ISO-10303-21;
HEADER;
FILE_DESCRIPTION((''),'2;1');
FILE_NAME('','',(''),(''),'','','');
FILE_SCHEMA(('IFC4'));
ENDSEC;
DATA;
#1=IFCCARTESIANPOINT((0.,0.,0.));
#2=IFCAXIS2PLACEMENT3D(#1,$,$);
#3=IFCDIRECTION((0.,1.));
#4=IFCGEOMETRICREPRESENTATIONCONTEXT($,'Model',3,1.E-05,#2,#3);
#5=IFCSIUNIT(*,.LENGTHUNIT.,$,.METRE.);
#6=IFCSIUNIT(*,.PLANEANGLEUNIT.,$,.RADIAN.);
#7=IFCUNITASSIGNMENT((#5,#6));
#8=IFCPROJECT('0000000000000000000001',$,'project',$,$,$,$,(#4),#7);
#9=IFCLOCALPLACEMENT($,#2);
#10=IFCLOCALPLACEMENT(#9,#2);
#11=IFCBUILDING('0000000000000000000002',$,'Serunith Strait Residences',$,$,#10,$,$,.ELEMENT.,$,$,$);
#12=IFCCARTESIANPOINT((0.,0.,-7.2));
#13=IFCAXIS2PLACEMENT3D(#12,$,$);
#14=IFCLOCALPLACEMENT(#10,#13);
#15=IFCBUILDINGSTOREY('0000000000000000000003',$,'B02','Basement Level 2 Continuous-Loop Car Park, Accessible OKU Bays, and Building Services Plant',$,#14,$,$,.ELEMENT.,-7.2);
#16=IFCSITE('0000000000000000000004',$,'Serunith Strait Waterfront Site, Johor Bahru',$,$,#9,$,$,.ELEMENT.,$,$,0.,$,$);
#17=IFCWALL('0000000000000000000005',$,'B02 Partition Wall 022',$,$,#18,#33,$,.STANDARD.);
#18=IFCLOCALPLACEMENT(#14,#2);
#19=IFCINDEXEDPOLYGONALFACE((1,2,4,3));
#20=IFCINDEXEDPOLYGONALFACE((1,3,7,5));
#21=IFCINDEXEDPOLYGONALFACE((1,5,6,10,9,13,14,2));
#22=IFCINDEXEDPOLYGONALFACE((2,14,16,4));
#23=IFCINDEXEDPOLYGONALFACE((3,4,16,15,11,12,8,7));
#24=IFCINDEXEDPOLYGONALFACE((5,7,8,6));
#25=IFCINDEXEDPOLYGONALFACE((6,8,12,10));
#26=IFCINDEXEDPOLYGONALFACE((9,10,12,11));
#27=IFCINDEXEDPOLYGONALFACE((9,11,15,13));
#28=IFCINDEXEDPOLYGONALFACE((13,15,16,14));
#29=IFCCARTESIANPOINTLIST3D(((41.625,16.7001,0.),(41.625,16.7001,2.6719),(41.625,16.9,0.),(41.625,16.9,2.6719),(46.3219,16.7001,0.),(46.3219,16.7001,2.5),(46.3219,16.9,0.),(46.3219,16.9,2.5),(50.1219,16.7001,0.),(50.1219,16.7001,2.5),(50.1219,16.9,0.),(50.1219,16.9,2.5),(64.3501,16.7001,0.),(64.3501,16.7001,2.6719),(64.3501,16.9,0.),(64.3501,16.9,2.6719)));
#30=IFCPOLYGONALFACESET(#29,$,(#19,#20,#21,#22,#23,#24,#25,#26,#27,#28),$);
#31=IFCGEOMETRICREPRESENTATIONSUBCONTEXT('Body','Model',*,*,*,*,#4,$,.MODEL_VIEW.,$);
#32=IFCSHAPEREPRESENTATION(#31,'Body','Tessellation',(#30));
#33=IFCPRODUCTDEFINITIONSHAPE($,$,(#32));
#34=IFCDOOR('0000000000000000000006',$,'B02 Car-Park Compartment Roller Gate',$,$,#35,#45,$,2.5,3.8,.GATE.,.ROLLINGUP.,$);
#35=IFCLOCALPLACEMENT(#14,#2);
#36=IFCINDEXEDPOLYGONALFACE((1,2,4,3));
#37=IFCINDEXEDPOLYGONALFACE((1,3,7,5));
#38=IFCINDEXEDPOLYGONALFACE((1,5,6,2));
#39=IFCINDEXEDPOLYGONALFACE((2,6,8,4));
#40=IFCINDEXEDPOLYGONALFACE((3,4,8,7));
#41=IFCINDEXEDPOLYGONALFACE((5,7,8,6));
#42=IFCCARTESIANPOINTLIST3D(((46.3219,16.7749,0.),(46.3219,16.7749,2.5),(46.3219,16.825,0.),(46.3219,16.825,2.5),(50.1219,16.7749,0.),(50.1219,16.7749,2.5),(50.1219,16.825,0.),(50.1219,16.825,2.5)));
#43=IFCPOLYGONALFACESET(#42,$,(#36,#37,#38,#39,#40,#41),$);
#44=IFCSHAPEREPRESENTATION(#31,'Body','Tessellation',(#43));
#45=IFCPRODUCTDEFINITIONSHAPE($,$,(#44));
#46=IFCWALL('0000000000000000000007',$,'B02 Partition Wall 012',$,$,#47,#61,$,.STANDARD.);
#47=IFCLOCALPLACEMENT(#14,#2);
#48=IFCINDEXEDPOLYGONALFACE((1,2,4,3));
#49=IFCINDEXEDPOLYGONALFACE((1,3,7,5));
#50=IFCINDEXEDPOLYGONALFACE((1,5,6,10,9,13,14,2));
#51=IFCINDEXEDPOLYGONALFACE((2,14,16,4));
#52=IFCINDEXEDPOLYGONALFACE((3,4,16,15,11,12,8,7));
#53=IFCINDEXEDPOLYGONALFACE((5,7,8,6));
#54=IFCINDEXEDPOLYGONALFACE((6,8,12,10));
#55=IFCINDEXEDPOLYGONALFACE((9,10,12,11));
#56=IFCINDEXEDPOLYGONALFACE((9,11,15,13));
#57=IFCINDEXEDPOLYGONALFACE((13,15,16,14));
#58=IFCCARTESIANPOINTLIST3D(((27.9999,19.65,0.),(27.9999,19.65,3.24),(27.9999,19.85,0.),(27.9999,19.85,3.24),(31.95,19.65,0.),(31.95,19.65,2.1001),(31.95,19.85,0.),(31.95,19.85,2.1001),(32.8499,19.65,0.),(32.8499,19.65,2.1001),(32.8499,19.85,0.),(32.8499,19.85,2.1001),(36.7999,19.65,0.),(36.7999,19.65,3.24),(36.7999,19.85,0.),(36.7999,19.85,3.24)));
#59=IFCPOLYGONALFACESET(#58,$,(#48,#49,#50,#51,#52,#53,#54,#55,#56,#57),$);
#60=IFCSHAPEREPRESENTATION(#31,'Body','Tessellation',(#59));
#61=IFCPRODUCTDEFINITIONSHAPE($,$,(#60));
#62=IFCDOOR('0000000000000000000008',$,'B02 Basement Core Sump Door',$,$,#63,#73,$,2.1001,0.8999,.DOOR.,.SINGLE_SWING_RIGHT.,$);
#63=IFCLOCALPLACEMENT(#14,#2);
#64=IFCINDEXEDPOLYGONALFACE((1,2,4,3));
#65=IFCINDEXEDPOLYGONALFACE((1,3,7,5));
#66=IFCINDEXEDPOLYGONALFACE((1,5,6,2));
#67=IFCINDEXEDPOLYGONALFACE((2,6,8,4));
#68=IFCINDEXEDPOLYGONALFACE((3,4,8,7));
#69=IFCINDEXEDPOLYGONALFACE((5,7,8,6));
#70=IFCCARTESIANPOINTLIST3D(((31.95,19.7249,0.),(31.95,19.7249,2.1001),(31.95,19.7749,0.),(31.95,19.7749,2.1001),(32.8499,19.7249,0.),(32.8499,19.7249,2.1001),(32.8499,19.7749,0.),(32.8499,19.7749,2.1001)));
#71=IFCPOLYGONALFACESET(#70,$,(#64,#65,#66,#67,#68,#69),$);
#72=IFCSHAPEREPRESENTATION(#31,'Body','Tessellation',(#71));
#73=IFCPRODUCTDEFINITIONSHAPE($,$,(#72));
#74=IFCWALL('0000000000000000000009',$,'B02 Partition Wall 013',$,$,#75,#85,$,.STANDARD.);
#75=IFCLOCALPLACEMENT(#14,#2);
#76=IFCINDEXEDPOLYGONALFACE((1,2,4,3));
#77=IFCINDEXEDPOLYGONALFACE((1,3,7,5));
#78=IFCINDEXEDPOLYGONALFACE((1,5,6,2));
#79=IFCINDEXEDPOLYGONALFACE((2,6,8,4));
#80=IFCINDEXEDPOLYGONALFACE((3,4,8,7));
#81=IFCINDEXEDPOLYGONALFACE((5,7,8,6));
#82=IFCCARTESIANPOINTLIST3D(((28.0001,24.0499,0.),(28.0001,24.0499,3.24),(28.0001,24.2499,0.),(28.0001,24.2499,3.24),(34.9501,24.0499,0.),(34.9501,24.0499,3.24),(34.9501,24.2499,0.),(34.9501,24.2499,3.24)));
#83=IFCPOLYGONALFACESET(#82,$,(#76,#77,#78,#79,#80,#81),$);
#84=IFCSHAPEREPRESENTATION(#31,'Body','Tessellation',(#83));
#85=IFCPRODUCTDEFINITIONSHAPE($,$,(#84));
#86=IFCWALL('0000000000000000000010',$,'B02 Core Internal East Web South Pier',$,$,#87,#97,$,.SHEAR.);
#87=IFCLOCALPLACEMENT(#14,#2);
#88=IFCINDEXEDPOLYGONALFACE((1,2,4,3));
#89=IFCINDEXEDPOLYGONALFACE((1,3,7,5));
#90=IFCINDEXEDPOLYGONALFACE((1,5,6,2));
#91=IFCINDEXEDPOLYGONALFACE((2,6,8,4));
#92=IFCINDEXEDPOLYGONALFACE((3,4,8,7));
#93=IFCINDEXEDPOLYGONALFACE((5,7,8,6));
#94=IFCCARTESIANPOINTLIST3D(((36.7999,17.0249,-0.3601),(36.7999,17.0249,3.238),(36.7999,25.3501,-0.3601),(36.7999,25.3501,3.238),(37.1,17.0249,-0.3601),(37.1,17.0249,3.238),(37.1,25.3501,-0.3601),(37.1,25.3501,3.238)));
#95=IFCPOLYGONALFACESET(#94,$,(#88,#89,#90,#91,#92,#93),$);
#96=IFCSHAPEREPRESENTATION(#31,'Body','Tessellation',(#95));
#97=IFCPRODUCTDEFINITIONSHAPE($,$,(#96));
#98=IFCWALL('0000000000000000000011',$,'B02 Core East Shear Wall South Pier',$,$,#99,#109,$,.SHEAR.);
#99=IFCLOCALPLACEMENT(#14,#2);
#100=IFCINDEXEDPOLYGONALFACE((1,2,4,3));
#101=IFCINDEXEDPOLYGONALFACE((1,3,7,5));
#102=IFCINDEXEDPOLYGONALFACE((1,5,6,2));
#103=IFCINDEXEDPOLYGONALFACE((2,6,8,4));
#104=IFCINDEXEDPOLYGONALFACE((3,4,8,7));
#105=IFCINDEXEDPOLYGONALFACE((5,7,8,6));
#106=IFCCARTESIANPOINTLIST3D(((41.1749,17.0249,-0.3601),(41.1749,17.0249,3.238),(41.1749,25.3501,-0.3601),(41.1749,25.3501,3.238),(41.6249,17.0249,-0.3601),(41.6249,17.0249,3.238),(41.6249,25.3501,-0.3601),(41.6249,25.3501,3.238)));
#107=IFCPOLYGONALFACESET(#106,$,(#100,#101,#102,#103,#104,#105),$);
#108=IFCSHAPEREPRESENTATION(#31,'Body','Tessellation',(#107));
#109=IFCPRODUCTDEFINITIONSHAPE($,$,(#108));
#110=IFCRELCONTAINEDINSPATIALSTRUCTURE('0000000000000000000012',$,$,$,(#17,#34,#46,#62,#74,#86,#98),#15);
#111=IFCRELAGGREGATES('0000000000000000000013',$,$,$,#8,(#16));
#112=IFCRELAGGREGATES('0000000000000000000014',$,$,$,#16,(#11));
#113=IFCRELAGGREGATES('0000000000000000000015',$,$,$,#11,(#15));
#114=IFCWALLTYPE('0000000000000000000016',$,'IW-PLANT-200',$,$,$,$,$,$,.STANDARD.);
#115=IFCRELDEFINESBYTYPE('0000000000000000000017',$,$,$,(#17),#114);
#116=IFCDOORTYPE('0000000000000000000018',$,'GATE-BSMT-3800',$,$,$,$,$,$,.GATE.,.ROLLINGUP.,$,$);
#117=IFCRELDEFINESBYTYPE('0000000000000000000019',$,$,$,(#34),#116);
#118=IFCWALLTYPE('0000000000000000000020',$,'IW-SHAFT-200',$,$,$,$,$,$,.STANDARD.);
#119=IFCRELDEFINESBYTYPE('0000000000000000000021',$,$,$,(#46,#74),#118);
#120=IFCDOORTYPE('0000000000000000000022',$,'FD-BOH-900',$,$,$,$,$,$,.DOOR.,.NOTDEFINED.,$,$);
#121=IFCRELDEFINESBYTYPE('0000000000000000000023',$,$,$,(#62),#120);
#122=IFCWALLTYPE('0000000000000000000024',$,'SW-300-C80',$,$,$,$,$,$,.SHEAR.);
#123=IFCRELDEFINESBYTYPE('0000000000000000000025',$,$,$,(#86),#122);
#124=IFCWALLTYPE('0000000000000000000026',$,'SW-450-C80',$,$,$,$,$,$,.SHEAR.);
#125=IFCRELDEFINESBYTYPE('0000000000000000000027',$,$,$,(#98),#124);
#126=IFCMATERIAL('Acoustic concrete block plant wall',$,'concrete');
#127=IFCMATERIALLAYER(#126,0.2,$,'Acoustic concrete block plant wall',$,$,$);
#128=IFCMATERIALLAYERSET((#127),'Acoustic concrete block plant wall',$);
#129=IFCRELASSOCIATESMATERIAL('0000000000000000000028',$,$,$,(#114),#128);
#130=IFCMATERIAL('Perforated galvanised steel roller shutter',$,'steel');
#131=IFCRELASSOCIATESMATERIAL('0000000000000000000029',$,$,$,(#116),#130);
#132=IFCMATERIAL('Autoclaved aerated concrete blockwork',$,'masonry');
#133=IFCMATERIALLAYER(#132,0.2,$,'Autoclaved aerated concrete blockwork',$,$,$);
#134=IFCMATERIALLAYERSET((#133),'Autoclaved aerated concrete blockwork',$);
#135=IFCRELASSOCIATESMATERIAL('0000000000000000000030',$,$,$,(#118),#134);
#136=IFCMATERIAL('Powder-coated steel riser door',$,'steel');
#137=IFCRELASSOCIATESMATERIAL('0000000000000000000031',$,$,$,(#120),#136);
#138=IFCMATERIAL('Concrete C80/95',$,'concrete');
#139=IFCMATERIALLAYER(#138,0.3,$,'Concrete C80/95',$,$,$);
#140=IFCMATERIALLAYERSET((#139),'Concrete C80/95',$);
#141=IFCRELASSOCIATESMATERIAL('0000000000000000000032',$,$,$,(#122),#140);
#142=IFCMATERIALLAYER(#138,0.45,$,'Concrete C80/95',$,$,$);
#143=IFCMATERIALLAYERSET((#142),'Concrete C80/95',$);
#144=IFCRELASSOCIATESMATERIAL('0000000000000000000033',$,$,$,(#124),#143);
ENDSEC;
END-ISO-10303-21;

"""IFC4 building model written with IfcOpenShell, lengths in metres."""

from ifc_helpers import new_model, si_unit, direction, frame, frame_2d, origin, place, context, subcontext, project, spatial, rectangle, extrude, source, transform, mapped, material, layer, layer_set, type_object, element, fill, save


model = new_model("IFC4")

# Units and contexts
model_context = context("Model", 3, precision=1e-05, world=origin(), true_north=direction((0.0, 1.0)))
body_context = subcontext(model_context, "Body", "Model", "MODEL_VIEW")
ifc_project = project(units=[si_unit("LENGTHUNIT", "METRE"), si_unit("PLANEANGLEUNIT", "RADIAN")], contexts=[model_context])

# Site, building, storey
site_placement = place(None, origin())
site = spatial("IfcSite", under=ifc_project, at=site_placement, Name="Serunith Strait Waterfront Site, Johor Bahru", CompositionType="ELEMENT", RefElevation=0.0)
building_placement = place(site_placement, origin())
building = spatial("IfcBuilding", under=site, at=building_placement, Name="Serunith Strait Residences", CompositionType="ELEMENT")
storey_placement = place(building_placement, frame((0.0, 0.0, -7.2)))
storey = spatial("IfcBuildingStorey", under=building, at=storey_placement, Name="B02", Description="Basement Level 2 Continuous-Loop Car Park, Accessible OKU Bays, and Building Services Plant", CompositionType="ELEMENT", Elevation=-7.2)

# Walls, openings, doors
ifc_material_1 = material(Name="Acoustic concrete block plant wall", Category="concrete")
ifc_layer_1 = layer(ifc_material_1, 0.2, Name="Acoustic concrete block plant wall")
ifc_layer_set_1 = layer_set([ifc_layer_1], Name="Acoustic concrete block plant wall")
wall_type_1 = type_object("IfcWallType", Name="IW-PLANT-200", PredefinedType="STANDARD", material=ifc_layer_set_1)
wall_1_placement = place(storey_placement, frame((41.625, 16.8, 0.0), z_axis=(0.0, 0.0, 1.0), x_axis=(1.0, 0.0, 0.0)))
wall_1 = element("IfcWall", 1, at=wall_1_placement, inside=storey, type_object=wall_type_1, Name="B02 Partition Wall 022", PredefinedType="STANDARD", context=body_context, shape_type="SweptSolid", body=[
    extrude(rectangle(XDim=22.7251, YDim=0.2, at=frame_2d((11.3625, 0.0))), origin(), (0.0, 0.0, 1.0), 2.6719),
])
opening_1_placement = place(wall_1_placement, frame((4.697, 0.0, 0.0)))
opening_1 = element("IfcOpeningElement", 2, at=opening_1_placement, cuts=wall_1, PredefinedType="OPENING", context=body_context, shape_type="SweptSolid", body=[
    extrude(rectangle(XDim=3.8, YDim=2.5, at=frame_2d((1.8999, 1.25))), frame((0.0, 0.1099, 0.0), z_axis=(0.0, -1.0, 0.0), x_axis=(1.0, 0.0, 0.0)), (0.0, 0.0, 1.0), 0.22),
])
ifc_material_2 = material(Name="Perforated galvanised steel roller shutter", Category="steel")
door_type_1 = type_object("IfcDoorType", Name="GATE-BSMT-3800", OperationType="ROLLINGUP", PredefinedType="GATE", material=ifc_material_2)
shared_shape_1 = source(origin(), body_context, "Body", "SweptSolid", [
    extrude(rectangle(XDim=3.8, YDim=2.5, at=frame_2d((1.8999, 1.25))), frame((0.0, 0.0249, 0.0), z_axis=(0.0, -1.0, 0.0), x_axis=(1.0, 0.0, 0.0)), (0.0, 0.0, 1.0), 0.05),
])
door_1_placement = place(opening_1_placement, origin())
door_1 = element("IfcDoor", 3, at=door_1_placement, inside=storey, type_object=door_type_1, Name="B02 Car-Park Compartment Roller Gate", OperationType="ROLLINGUP", OverallHeight=2.5, OverallWidth=3.8, PredefinedType="GATE", context=body_context, shape_type="MappedRepresentation", body=[
    mapped(shared_shape_1, transform((0.0, 0.0, 0.0), scale=1.0)),
])
fill(opening_1, door_1)
ifc_material_3 = material(Name="Autoclaved aerated concrete blockwork", Category="masonry")
ifc_layer_2 = layer(ifc_material_3, 0.2, Name="Autoclaved aerated concrete blockwork")
ifc_layer_set_2 = layer_set([ifc_layer_2], Name="Autoclaved aerated concrete blockwork")
wall_type_2 = type_object("IfcWallType", Name="IW-SHAFT-200", PredefinedType="STANDARD", material=ifc_layer_set_2)
wall_2_placement = place(storey_placement, frame((28.0, 19.75, 0.0), z_axis=(0.0, 0.0, 1.0), x_axis=(1.0, 0.0, 0.0)))
wall_2 = element("IfcWall", 4, at=wall_2_placement, inside=storey, type_object=wall_type_2, Name="B02 Partition Wall 012", PredefinedType="STANDARD", context=body_context, shape_type="SweptSolid", body=[
    extrude(rectangle(XDim=8.8, YDim=0.2, at=frame_2d((4.3999, 0.0))), origin(), (0.0, 0.0, 1.0), 3.24),
])
opening_2_placement = place(wall_2_placement, frame((3.95, 0.0, 0.0)))
opening_2 = element("IfcOpeningElement", 5, at=opening_2_placement, cuts=wall_2, PredefinedType="OPENING", context=body_context, shape_type="SweptSolid", body=[
    extrude(rectangle(XDim=0.8999, YDim=2.1001, at=frame_2d((0.45, 1.05))), frame((0.0, 0.1099, 0.0), z_axis=(0.0, -1.0, 0.0), x_axis=(1.0, 0.0, 0.0)), (0.0, 0.0, 1.0), 0.22),
])
ifc_material_4 = material(Name="Powder-coated steel riser door", Category="steel")
door_type_2 = type_object("IfcDoorType", Name="FD-BOH-900", OperationType="NOTDEFINED", PredefinedType="DOOR", material=ifc_material_4)
shared_shape_2 = source(origin(), body_context, "Body", "SweptSolid", [
    extrude(rectangle(XDim=0.8999, YDim=2.1001, at=frame_2d((0.45, 1.05))), frame((0.0, 0.0249, 0.0), z_axis=(0.0, -1.0, 0.0), x_axis=(1.0, 0.0, 0.0)), (0.0, 0.0, 1.0), 0.05),
])
door_2_placement = place(opening_2_placement, origin())
door_2 = element("IfcDoor", 6, at=door_2_placement, inside=storey, type_object=door_type_2, Name="B02 Basement Core Sump Door", OperationType="SINGLE_SWING_RIGHT", OverallHeight=2.1001, OverallWidth=0.8999, PredefinedType="DOOR", context=body_context, shape_type="MappedRepresentation", body=[
    mapped(shared_shape_2, transform((0.0, 0.0, 0.0), scale=1.0)),
])
fill(opening_2, door_2)

# Walls
wall_3_placement = place(storey_placement, frame((28.0, 24.1499, 0.0), z_axis=(0.0, 0.0, 1.0), x_axis=(1.0, 0.0, 0.0)))
element("IfcWall", 7, at=wall_3_placement, inside=storey, type_object=wall_type_2, Name="B02 Partition Wall 013", PredefinedType="STANDARD", context=body_context, shape_type="SweptSolid", body=[
    extrude(rectangle(XDim=6.95, YDim=0.2, at=frame_2d((3.4751, 0.0))), origin(), (0.0, 0.0, 1.0), 3.24),
])
ifc_material_5 = material(Name="Concrete C80/95", Category="concrete")
ifc_layer_3 = layer(ifc_material_5, 0.3, Name="Concrete C80/95")
ifc_layer_set_3 = layer_set([ifc_layer_3], Name="Concrete C80/95")
wall_type_3 = type_object("IfcWallType", Name="SW-300-C80", PredefinedType="SHEAR", material=ifc_layer_set_3)
wall_4_placement = place(storey_placement, frame((36.95, 17.0249, -0.3601), z_axis=(0.0, 0.0, 1.0), x_axis=(0.0, 1.0, 0.0)))
element("IfcWall", 8, at=wall_4_placement, inside=storey, type_object=wall_type_3, Name="B02 Core Internal East Web South Pier", PredefinedType="SHEAR", context=body_context, shape_type="SweptSolid", body=[
    extrude(rectangle(XDim=8.3252, YDim=0.3, at=frame_2d((4.1626, 0.0))), origin(), (0.0, 0.0, 1.0), 3.5981),
])
ifc_layer_4 = layer(ifc_material_5, 0.45, Name="Concrete C80/95")
ifc_layer_set_4 = layer_set([ifc_layer_4], Name="Concrete C80/95")
wall_type_4 = type_object("IfcWallType", Name="SW-450-C80", PredefinedType="SHEAR", material=ifc_layer_set_4)
wall_5_placement = place(storey_placement, frame((41.3999, 17.0249, -0.3601), z_axis=(0.0, 0.0, 1.0), x_axis=(0.0, 1.0, 0.0)))
element("IfcWall", 9, at=wall_5_placement, inside=storey, type_object=wall_type_4, Name="B02 Core East Shear Wall South Pier", PredefinedType="SHEAR", context=body_context, shape_type="SweptSolid", body=[
    extrude(rectangle(XDim=8.3252, YDim=0.45, at=frame_2d((4.1626, 0.0))), origin(), (0.0, 0.0, 1.0), 3.5981),
])

save(model, "model.ifc")
